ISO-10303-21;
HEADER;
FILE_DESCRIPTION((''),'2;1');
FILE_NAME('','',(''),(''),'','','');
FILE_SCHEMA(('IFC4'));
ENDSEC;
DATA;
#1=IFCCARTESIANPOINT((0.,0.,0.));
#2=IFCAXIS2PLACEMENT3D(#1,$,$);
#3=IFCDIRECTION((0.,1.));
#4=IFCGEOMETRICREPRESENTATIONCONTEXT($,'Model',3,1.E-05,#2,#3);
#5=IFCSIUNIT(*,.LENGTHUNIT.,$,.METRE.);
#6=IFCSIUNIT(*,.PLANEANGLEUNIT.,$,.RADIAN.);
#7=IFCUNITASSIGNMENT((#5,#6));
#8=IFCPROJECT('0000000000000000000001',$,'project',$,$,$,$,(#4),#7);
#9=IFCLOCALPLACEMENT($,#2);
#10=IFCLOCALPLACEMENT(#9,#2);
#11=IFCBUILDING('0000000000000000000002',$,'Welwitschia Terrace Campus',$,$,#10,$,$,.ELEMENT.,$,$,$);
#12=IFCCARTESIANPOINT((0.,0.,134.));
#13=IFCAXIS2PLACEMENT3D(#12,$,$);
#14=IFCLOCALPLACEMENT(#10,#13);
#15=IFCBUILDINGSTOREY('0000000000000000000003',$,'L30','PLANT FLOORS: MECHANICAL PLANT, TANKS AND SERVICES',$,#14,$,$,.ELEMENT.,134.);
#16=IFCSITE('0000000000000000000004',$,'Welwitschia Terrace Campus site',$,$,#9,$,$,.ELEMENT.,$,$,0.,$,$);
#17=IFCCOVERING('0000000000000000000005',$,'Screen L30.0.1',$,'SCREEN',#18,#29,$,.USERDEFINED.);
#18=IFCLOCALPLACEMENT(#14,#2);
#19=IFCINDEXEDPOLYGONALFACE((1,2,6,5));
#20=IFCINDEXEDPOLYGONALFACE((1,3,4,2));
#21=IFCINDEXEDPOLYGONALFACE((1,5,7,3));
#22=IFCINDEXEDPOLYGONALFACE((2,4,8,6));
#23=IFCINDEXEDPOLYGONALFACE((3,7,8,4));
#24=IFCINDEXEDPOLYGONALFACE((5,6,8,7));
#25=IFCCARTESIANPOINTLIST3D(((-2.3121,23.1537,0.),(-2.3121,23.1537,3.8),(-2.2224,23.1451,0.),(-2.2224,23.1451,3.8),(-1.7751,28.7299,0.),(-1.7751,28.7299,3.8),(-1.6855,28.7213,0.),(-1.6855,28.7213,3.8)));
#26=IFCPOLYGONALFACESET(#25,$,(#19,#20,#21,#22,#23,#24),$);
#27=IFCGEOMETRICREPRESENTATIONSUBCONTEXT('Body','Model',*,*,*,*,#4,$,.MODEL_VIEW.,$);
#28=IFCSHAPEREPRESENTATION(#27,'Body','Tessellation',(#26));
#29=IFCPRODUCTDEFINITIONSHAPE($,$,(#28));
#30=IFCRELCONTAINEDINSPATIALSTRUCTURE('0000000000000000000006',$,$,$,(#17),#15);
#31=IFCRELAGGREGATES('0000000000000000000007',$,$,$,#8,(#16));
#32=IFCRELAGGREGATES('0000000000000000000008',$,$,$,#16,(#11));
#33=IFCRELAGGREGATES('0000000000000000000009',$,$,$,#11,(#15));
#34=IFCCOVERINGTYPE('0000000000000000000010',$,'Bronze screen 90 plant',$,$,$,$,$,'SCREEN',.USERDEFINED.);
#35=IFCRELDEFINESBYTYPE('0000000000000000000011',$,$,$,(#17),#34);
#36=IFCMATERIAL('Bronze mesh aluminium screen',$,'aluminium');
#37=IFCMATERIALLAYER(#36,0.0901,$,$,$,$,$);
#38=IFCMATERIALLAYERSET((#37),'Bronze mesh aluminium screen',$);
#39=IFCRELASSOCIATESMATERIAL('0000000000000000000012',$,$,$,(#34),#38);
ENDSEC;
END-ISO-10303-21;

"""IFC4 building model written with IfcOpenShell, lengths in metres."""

from ifc_helpers import new_model, si_unit, direction, frame, origin, origin_2d, place, context, subcontext, project, spatial, rectangle, extrude, material, layer, layer_set, type_object, element, save


model = new_model("IFC4")

# Units and contexts
model_context = context("Model", 3, precision=1e-05, world=origin(), true_north=direction((0.0, 1.0)))
body_context = subcontext(model_context, "Body", "Model", "MODEL_VIEW")
ifc_project = project(units=[si_unit("LENGTHUNIT", "METRE"), si_unit("PLANEANGLEUNIT", "RADIAN")], contexts=[model_context])

# Site, building, storey
site_placement = place(None, origin())
site = spatial("IfcSite", under=ifc_project, at=site_placement, Name="Welwitschia Terrace Campus site", CompositionType="ELEMENT", RefElevation=0.0)
building_placement = place(site_placement, origin())
building = spatial("IfcBuilding", under=site, at=building_placement, Name="Welwitschia Terrace Campus", CompositionType="ELEMENT")
storey_placement = place(building_placement, frame((0.0, 0.0, 134.0)))
storey = spatial("IfcBuildingStorey", under=building, at=storey_placement, Name="L30", Description="PLANT FLOORS: MECHANICAL PLANT, TANKS AND SERVICES", CompositionType="ELEMENT", Elevation=134.0)

# Covering
ifc_material_1 = material(Name="Bronze mesh aluminium screen", Category="aluminium")
ifc_layer_1 = layer(ifc_material_1, 0.0901)
ifc_layer_set_1 = layer_set([ifc_layer_1], Name="Bronze mesh aluminium screen")
covering_type = type_object("IfcCoveringType", Name="Bronze screen 90 plant", ElementType="SCREEN", PredefinedType="USERDEFINED", material=ifc_layer_set_1)
covering_placement = place(storey_placement, frame((-1.9988, 25.9375, 0.0), z_axis=(0.0, 0.0, 1.0), x_axis=(-0.095846, -0.995396, 0.0)))
element("IfcCovering", 1, at=covering_placement, inside=storey, type_object=covering_type, Name="Screen L30.0.1", ObjectType="SCREEN", PredefinedType="USERDEFINED", context=body_context, shape_type="SweptSolid", body=[
    extrude(rectangle(XDim=5.6021, YDim=0.0901, at=origin_2d()), origin(), (0.0, 0.0, 1.0), 3.8),
])

save(model, "model.ifc")
